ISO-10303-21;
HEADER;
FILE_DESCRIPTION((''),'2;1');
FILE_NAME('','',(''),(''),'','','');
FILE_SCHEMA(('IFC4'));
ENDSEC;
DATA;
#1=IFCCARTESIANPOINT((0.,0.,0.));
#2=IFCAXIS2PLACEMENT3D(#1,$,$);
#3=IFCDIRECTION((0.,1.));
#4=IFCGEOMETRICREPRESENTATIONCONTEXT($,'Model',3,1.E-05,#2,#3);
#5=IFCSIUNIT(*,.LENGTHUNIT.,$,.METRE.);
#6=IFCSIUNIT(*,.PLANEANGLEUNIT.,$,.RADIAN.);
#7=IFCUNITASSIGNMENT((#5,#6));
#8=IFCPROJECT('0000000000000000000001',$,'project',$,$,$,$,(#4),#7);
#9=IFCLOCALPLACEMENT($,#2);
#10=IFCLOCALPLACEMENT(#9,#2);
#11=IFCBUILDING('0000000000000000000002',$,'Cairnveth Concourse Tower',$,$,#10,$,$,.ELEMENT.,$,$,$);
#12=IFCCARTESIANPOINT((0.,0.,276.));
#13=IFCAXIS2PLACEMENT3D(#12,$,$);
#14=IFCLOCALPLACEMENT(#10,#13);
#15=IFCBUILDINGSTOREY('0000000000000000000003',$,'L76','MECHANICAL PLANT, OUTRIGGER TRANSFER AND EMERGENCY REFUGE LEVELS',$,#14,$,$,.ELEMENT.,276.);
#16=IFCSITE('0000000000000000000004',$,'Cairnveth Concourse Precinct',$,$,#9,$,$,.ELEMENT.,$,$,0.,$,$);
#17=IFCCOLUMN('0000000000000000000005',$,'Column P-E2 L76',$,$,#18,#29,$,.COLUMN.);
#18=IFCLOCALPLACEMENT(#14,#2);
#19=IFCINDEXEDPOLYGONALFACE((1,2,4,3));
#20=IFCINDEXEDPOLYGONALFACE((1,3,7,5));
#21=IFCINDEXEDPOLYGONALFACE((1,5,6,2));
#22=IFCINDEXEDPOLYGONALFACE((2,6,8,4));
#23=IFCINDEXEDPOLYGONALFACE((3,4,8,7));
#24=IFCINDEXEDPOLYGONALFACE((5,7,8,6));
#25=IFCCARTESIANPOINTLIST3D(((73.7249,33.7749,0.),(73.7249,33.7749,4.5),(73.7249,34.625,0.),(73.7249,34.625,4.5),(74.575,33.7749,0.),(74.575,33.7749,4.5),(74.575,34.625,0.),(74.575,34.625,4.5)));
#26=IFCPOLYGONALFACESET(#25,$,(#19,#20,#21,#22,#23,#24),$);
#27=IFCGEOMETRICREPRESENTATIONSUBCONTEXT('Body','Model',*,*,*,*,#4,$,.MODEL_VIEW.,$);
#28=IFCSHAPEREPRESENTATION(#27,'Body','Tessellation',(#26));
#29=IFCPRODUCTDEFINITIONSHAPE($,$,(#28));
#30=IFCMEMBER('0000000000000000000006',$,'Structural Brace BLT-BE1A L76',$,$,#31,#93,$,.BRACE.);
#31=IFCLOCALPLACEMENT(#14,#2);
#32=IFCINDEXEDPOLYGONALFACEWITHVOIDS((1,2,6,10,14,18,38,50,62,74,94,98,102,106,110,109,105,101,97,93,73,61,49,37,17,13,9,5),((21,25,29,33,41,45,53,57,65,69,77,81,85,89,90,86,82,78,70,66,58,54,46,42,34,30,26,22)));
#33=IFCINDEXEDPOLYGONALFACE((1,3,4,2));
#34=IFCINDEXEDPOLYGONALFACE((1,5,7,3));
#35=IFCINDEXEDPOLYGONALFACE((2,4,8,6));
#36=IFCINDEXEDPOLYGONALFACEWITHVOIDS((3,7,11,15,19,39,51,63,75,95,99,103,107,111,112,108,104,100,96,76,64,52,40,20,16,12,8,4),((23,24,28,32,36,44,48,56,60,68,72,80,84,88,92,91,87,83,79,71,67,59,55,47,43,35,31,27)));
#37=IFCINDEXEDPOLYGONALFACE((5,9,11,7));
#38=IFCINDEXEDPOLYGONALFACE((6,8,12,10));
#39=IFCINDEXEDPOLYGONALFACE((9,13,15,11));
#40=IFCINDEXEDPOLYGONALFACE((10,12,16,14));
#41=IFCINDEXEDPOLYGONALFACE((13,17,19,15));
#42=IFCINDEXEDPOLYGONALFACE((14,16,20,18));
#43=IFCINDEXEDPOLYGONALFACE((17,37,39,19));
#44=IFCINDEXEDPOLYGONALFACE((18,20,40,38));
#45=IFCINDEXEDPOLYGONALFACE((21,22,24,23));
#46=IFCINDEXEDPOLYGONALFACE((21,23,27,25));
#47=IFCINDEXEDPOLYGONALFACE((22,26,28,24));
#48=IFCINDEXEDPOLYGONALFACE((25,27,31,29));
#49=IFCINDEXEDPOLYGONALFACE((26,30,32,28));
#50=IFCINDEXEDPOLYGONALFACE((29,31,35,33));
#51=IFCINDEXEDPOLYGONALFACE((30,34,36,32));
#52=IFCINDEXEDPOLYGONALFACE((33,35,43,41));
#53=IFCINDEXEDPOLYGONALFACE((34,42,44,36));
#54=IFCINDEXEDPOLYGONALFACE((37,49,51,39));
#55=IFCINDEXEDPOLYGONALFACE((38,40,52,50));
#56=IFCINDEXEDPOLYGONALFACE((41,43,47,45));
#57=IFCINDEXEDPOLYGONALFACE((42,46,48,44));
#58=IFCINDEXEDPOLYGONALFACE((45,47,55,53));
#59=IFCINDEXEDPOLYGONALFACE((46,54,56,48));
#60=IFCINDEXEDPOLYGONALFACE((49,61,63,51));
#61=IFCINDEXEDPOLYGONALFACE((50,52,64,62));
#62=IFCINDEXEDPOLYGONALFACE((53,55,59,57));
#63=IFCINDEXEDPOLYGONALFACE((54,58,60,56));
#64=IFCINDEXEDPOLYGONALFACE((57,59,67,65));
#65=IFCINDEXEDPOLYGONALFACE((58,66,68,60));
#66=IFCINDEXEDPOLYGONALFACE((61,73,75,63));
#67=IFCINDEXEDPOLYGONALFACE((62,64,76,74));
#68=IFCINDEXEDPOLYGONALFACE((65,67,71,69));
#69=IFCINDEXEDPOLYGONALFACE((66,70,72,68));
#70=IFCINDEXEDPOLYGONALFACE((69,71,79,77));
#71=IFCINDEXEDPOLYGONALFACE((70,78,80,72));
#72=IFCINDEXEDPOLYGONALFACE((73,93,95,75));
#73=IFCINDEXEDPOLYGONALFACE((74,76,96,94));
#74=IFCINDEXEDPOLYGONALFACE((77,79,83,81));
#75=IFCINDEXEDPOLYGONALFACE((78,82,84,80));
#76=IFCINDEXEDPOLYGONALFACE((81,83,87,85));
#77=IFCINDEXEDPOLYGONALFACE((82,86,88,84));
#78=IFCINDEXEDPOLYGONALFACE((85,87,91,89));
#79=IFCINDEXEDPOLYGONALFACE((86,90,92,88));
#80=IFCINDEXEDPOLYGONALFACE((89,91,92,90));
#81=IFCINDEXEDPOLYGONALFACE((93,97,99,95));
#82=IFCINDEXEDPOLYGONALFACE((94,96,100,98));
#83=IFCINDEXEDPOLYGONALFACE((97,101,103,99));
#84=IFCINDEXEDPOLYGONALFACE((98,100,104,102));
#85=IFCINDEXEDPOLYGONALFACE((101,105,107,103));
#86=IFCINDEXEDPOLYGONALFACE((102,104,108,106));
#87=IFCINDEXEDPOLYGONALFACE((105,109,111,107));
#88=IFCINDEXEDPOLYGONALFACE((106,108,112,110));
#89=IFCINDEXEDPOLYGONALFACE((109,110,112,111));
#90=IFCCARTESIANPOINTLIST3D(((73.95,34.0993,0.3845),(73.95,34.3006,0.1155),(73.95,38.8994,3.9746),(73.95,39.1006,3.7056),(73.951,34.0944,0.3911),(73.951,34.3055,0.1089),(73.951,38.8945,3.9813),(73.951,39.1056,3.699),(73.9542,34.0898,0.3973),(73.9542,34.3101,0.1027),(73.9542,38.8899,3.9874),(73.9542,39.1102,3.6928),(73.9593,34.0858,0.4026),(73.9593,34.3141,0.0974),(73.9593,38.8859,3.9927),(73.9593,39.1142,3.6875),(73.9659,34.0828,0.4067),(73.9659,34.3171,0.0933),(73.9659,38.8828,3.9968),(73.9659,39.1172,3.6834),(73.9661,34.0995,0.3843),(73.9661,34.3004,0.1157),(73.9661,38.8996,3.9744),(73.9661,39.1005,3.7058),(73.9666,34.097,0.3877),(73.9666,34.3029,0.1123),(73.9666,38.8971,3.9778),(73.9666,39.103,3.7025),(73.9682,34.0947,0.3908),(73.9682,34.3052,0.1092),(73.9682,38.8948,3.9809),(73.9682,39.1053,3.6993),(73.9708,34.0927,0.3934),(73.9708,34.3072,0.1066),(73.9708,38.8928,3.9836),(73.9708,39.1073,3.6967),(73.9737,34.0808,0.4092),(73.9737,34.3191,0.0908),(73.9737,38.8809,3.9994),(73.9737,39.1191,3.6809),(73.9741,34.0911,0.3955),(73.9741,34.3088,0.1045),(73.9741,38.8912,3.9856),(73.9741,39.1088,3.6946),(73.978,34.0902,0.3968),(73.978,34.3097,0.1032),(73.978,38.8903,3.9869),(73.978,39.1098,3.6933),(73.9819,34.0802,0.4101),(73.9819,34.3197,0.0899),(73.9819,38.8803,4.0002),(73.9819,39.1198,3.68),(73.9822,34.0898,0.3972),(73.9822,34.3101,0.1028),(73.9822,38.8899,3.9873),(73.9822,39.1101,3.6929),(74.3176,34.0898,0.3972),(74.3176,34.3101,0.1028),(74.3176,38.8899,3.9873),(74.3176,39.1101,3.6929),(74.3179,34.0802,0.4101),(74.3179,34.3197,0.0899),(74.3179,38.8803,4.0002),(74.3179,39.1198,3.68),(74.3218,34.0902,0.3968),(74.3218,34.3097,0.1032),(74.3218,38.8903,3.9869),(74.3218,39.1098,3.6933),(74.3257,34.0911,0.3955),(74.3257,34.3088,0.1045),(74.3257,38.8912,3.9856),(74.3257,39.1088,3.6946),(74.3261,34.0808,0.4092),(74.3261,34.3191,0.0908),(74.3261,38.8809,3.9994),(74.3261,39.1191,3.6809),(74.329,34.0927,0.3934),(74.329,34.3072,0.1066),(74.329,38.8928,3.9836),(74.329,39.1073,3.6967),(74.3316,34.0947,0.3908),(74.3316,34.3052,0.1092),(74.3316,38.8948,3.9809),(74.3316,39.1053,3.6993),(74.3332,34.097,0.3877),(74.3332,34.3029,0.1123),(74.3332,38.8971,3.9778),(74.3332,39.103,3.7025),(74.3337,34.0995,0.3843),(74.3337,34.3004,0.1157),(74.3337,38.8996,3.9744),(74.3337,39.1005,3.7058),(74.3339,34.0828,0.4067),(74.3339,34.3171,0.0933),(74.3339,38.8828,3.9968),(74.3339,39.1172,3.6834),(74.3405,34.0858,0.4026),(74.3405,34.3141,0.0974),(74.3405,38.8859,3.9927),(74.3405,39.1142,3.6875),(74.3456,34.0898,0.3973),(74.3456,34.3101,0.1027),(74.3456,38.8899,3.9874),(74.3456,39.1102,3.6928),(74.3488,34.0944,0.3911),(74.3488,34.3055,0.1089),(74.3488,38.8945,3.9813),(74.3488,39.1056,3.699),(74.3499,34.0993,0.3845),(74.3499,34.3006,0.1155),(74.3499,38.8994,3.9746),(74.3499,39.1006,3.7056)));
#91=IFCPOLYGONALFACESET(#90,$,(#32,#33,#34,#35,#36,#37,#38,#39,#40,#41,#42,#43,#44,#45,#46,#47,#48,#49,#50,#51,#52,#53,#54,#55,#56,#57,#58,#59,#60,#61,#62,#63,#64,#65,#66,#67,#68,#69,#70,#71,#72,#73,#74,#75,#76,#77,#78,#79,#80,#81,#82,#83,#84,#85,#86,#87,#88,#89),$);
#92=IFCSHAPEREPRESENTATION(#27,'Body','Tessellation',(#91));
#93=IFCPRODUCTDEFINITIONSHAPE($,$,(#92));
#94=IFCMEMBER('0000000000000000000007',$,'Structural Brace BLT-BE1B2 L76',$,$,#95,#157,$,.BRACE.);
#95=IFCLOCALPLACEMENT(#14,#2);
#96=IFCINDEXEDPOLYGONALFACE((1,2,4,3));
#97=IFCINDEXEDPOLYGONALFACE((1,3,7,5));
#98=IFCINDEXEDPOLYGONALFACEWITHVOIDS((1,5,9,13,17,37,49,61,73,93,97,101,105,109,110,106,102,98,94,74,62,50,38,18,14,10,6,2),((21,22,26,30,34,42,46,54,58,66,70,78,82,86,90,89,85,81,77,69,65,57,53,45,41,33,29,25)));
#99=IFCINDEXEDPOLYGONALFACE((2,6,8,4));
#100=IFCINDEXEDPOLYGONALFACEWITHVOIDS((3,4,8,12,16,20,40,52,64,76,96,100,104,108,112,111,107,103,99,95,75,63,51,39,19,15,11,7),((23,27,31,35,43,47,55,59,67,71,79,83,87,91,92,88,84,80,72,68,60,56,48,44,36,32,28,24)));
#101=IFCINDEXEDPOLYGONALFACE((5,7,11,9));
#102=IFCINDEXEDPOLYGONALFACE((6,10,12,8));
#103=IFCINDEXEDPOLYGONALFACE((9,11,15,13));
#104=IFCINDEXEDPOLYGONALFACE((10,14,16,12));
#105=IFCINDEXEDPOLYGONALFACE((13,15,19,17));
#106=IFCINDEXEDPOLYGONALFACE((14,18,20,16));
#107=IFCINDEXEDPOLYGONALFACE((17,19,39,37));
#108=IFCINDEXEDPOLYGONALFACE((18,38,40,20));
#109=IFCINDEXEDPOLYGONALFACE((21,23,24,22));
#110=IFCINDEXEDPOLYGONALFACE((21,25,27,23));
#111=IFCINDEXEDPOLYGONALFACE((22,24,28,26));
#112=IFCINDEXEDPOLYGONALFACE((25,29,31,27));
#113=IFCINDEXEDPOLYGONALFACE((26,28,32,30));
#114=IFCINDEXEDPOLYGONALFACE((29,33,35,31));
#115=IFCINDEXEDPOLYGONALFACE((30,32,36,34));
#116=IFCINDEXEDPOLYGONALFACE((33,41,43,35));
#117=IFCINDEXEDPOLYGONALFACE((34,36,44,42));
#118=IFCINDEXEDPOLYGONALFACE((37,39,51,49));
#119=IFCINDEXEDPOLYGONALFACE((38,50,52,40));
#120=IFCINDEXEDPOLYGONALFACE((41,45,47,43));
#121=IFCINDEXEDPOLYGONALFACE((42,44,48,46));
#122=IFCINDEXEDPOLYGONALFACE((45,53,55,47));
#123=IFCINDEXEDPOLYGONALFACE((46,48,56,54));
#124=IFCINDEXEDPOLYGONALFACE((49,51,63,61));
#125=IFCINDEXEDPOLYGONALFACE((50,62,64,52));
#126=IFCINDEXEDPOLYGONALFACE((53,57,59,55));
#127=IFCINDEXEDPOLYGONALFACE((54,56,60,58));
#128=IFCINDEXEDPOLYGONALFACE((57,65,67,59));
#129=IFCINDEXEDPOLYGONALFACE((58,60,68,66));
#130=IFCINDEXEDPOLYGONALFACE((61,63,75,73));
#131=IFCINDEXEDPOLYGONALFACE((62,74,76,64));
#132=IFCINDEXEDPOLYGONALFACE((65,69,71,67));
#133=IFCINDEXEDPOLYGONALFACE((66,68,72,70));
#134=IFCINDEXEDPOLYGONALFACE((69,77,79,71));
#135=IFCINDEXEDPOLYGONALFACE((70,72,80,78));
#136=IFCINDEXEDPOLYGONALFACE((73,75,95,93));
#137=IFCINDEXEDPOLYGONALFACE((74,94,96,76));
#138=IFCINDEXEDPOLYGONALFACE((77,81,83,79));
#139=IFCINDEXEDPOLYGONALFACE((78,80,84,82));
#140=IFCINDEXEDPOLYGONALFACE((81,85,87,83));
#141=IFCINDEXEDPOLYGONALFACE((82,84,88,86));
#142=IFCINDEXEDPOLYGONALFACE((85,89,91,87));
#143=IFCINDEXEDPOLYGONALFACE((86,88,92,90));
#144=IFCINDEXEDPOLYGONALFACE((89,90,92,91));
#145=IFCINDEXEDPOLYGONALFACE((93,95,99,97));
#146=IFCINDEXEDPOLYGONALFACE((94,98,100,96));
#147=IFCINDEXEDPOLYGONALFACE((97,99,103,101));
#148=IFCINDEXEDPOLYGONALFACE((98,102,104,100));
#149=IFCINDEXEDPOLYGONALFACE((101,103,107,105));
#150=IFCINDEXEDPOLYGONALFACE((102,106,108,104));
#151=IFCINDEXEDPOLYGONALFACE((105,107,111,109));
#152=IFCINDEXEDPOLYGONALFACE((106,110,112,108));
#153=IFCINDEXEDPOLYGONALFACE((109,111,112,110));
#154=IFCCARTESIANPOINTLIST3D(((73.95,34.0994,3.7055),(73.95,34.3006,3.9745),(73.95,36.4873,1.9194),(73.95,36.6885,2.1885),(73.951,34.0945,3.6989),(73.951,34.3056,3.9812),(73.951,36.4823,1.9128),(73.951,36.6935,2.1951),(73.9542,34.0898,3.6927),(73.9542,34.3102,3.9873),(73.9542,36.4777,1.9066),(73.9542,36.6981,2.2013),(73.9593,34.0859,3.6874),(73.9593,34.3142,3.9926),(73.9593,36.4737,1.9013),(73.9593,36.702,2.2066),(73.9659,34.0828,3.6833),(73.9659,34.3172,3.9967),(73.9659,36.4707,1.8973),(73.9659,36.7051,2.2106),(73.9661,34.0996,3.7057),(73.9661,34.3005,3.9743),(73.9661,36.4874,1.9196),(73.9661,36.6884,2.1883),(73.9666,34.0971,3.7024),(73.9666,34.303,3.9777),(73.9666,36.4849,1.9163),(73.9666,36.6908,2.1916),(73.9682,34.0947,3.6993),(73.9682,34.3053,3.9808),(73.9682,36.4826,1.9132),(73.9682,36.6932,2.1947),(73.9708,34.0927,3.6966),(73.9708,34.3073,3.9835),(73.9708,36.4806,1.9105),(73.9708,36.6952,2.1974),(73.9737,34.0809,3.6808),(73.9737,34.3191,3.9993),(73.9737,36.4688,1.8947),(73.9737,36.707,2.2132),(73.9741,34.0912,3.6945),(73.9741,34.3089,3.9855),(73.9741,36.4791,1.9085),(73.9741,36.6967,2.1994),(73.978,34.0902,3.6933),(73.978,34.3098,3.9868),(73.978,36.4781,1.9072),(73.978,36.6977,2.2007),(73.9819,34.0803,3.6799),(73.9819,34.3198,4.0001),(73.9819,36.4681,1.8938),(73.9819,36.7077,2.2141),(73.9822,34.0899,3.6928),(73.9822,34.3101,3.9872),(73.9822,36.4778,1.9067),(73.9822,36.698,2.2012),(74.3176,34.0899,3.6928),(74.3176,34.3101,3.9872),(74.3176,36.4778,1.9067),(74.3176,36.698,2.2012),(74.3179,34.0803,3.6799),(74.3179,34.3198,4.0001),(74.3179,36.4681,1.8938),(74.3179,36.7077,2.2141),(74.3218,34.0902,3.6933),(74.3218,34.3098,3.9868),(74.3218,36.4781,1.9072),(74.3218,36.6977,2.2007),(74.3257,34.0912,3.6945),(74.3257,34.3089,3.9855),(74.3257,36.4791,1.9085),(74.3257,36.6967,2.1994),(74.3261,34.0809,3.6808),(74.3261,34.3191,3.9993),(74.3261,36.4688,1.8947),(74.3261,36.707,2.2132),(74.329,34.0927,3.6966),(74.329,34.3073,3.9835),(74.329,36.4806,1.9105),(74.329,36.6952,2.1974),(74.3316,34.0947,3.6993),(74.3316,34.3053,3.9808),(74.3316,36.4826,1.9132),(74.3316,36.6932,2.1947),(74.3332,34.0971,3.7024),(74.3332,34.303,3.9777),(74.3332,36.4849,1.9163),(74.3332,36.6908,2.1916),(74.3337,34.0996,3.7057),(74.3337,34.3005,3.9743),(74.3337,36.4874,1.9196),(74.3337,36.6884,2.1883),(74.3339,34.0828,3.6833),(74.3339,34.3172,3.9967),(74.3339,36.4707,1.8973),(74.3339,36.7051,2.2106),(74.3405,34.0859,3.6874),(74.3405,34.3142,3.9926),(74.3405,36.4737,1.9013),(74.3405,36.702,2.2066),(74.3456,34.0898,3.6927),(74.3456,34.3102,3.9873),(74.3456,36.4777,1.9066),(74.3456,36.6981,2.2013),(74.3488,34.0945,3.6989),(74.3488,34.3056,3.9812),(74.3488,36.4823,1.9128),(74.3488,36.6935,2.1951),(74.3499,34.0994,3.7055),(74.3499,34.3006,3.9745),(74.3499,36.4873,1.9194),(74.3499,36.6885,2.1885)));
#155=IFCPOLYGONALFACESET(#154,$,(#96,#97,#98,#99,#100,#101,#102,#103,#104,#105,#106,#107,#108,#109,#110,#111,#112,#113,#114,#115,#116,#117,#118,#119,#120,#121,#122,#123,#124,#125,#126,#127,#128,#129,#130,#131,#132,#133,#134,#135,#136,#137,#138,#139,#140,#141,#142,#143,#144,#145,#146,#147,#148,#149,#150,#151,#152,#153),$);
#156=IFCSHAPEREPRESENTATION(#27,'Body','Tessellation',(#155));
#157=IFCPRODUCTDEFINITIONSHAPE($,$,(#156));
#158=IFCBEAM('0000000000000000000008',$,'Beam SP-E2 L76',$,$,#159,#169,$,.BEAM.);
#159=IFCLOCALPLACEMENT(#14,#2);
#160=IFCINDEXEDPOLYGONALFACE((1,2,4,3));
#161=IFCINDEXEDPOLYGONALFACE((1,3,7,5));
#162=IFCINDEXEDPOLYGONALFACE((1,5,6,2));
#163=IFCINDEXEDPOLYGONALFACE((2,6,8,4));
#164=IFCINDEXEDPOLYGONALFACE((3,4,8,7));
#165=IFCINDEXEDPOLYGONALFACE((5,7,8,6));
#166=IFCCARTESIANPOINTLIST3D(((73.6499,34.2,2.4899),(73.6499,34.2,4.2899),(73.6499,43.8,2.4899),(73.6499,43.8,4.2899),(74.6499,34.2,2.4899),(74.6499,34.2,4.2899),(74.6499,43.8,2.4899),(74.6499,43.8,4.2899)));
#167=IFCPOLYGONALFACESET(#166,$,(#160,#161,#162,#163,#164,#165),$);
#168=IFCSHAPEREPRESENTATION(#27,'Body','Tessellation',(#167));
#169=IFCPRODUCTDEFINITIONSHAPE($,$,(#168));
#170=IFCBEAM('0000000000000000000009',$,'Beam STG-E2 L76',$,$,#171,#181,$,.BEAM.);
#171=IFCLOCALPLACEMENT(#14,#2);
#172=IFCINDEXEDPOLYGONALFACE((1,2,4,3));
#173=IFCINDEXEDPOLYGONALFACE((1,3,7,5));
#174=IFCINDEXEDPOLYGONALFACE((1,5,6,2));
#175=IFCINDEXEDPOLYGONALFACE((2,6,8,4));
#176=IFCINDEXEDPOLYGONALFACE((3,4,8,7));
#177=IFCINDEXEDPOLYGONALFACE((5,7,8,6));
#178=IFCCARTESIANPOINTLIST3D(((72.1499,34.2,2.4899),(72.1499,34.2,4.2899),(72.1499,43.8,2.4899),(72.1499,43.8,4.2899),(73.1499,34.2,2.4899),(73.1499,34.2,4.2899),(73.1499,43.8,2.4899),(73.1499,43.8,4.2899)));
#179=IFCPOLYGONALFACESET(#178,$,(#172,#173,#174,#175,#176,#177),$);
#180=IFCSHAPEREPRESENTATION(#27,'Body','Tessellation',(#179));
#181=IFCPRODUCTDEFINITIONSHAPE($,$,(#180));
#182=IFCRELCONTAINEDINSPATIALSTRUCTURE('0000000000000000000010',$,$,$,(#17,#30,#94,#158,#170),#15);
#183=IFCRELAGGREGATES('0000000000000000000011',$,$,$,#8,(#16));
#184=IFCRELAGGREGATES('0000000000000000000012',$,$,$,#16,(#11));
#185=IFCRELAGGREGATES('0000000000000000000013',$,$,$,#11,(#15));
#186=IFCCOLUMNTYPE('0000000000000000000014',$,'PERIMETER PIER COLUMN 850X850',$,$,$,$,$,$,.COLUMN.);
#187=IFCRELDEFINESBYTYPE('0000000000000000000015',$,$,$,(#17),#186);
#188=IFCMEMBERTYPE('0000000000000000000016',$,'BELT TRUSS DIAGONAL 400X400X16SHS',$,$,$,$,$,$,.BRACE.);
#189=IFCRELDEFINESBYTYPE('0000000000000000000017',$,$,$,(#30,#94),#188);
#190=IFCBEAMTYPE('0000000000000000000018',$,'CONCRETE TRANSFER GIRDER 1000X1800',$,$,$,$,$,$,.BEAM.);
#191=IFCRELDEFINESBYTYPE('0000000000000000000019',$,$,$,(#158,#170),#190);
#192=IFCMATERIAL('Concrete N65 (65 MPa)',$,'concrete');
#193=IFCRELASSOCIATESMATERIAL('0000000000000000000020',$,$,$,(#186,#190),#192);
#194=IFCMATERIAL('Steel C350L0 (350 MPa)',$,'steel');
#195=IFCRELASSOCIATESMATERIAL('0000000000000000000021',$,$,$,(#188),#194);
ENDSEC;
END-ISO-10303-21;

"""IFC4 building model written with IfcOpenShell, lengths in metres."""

from ifc_helpers import new_model, si_unit, direction, frame, origin, origin_2d, place, context, subcontext, project, spatial, rectangle, hollow_rectangle, extrude, material, material_profile, profile_set, type_object, element, save


model = new_model("IFC4")

# Units and contexts
model_context = context("Model", 3, precision=1e-05, world=origin(), true_north=direction((0.0, 1.0)))
body_context = subcontext(model_context, "Body", "Model", "MODEL_VIEW")
ifc_project = project(units=[si_unit("LENGTHUNIT", "METRE"), si_unit("PLANEANGLEUNIT", "RADIAN")], contexts=[model_context])

# Site, building, storey
site_placement = place(None, origin())
site = spatial("IfcSite", under=ifc_project, at=site_placement, Name="Cairnveth Concourse Precinct", CompositionType="ELEMENT", RefElevation=0.0)
building_placement = place(site_placement, origin())
building = spatial("IfcBuilding", under=site, at=building_placement, Name="Cairnveth Concourse Tower", CompositionType="ELEMENT")
storey_placement = place(building_placement, frame((0.0, 0.0, 276.0)))
storey = spatial("IfcBuildingStorey", under=building, at=storey_placement, Name="L76", Description="MECHANICAL PLANT, OUTRIGGER TRANSFER AND EMERGENCY REFUGE LEVELS", CompositionType="ELEMENT", Elevation=276.0)

# Column
ifc_material_1 = material(Name="Concrete N65 (65 MPa)", Category="concrete")
ifc_material_profile_1 = material_profile(ifc_material_1, rectangle(XDim=0.8501, YDim=0.8501, at=origin_2d()), Name="RC-COL-850x850")
ifc_profile_set_1 = profile_set([ifc_material_profile_1], Name="Concrete N65 (65 MPa)")
column_type = type_object("IfcColumnType", Name="PERIMETER PIER COLUMN 850X850", PredefinedType="COLUMN", material=ifc_profile_set_1)
column_placement = place(storey_placement, frame((74.1499, 34.2, 0.0), z_axis=(0.0, 0.0, 1.0), x_axis=(0.0, 1.0, 0.0)))
element("IfcColumn", 1, at=column_placement, inside=storey, type_object=column_type, Name="Column P-E2 L76", PredefinedType="COLUMN", context=body_context, shape_type="SweptSolid", body=[
    extrude(rectangle(XDim=0.8501, YDim=0.8501, at=origin_2d()), origin(), (0.0, 0.0, 1.0), 4.5),
])

# Members
ifc_material_2 = material(Name="Steel C350L0 (350 MPa)", Category="steel")
ifc_material_profile_2 = material_profile(ifc_material_2, hollow_rectangle(XDim=0.3999, YDim=0.3999, WallThickness=0.0161, InnerFilletRadius=0.0161, OuterFilletRadius=0.032, at=origin_2d()), Name="400x400x16.0SHS")
ifc_profile_set_2 = profile_set([ifc_material_profile_2], Name="Steel C350L0 (350 MPa)")
member_type_1 = type_object("IfcMemberType", Name="BELT TRUSS DIAGONAL 400X400X16SHS", PredefinedType="BRACE", material=ifc_profile_set_2)
member_1_placement = place(storey_placement, frame((74.1499, 34.2, 0.25), z_axis=(0.0, 0.800796, 0.598937), x_axis=(-1.0, 0.0, 0.0)))
element("IfcMember", 2, at=member_1_placement, inside=storey, type_object=member_type_1, Name="Structural Brace BLT-BE1A L76", PredefinedType="BRACE", context=body_context, shape_type="SweptSolid", body=[
    extrude(hollow_rectangle(XDim=0.3999, YDim=0.3999, WallThickness=0.0161, InnerFilletRadius=0.0161, OuterFilletRadius=0.032, at=origin_2d()), origin(), (0.0, 0.0, 1.0), 5.9941),
])
member_2_placement = place(storey_placement, frame((74.1499, 36.5879, 2.054), z_axis=(0.0, -0.800775, 0.598965), x_axis=(1.0, 0.0, 0.0)))
element("IfcMember", 3, at=member_2_placement, inside=storey, type_object=member_type_1, Name="Structural Brace BLT-BE1B2 L76", PredefinedType="BRACE", context=body_context, shape_type="SweptSolid", body=[
    extrude(hollow_rectangle(XDim=0.3999, YDim=0.3999, WallThickness=0.0161, InnerFilletRadius=0.0161, OuterFilletRadius=0.032, at=origin_2d()), origin(), (0.0, 0.0, 1.0), 2.9819),
])

# Beams
ifc_material_profile_3 = material_profile(ifc_material_1, rectangle(XDim=1.0, YDim=1.8, at=origin_2d()), Name="RC-TB-1000x1800")
ifc_profile_set_3 = profile_set([ifc_material_profile_3], Name="Concrete N65 (65 MPa)")
beam_type = type_object("IfcBeamType", Name="CONCRETE TRANSFER GIRDER 1000X1800", PredefinedType="BEAM", material=ifc_profile_set_3)
for number, where, z_axis, x_axis, name in (
    (4, (74.1499, 34.2, 3.3899), (0.0, 1.0, 0.0), (-1.0, 0.0, 0.0), "Beam SP-E2 L76"),
    (5, (72.6499, 34.2, 3.3899), (0.0, 1.0, 0.0), (-1.0, 0.0, 0.0), "Beam STG-E2 L76"),
):
    element("IfcBeam", number, at=place(storey_placement, frame(where, z_axis=z_axis, x_axis=x_axis)), inside=storey, type_object=beam_type, Name=name, PredefinedType="BEAM", context=body_context, shape_type="SweptSolid", body=[
        extrude(rectangle(XDim=1.0, YDim=1.8, at=origin_2d()), origin(), (0.0, 0.0, 1.0), 9.6001),
    ])

save(model, "model.ifc")
